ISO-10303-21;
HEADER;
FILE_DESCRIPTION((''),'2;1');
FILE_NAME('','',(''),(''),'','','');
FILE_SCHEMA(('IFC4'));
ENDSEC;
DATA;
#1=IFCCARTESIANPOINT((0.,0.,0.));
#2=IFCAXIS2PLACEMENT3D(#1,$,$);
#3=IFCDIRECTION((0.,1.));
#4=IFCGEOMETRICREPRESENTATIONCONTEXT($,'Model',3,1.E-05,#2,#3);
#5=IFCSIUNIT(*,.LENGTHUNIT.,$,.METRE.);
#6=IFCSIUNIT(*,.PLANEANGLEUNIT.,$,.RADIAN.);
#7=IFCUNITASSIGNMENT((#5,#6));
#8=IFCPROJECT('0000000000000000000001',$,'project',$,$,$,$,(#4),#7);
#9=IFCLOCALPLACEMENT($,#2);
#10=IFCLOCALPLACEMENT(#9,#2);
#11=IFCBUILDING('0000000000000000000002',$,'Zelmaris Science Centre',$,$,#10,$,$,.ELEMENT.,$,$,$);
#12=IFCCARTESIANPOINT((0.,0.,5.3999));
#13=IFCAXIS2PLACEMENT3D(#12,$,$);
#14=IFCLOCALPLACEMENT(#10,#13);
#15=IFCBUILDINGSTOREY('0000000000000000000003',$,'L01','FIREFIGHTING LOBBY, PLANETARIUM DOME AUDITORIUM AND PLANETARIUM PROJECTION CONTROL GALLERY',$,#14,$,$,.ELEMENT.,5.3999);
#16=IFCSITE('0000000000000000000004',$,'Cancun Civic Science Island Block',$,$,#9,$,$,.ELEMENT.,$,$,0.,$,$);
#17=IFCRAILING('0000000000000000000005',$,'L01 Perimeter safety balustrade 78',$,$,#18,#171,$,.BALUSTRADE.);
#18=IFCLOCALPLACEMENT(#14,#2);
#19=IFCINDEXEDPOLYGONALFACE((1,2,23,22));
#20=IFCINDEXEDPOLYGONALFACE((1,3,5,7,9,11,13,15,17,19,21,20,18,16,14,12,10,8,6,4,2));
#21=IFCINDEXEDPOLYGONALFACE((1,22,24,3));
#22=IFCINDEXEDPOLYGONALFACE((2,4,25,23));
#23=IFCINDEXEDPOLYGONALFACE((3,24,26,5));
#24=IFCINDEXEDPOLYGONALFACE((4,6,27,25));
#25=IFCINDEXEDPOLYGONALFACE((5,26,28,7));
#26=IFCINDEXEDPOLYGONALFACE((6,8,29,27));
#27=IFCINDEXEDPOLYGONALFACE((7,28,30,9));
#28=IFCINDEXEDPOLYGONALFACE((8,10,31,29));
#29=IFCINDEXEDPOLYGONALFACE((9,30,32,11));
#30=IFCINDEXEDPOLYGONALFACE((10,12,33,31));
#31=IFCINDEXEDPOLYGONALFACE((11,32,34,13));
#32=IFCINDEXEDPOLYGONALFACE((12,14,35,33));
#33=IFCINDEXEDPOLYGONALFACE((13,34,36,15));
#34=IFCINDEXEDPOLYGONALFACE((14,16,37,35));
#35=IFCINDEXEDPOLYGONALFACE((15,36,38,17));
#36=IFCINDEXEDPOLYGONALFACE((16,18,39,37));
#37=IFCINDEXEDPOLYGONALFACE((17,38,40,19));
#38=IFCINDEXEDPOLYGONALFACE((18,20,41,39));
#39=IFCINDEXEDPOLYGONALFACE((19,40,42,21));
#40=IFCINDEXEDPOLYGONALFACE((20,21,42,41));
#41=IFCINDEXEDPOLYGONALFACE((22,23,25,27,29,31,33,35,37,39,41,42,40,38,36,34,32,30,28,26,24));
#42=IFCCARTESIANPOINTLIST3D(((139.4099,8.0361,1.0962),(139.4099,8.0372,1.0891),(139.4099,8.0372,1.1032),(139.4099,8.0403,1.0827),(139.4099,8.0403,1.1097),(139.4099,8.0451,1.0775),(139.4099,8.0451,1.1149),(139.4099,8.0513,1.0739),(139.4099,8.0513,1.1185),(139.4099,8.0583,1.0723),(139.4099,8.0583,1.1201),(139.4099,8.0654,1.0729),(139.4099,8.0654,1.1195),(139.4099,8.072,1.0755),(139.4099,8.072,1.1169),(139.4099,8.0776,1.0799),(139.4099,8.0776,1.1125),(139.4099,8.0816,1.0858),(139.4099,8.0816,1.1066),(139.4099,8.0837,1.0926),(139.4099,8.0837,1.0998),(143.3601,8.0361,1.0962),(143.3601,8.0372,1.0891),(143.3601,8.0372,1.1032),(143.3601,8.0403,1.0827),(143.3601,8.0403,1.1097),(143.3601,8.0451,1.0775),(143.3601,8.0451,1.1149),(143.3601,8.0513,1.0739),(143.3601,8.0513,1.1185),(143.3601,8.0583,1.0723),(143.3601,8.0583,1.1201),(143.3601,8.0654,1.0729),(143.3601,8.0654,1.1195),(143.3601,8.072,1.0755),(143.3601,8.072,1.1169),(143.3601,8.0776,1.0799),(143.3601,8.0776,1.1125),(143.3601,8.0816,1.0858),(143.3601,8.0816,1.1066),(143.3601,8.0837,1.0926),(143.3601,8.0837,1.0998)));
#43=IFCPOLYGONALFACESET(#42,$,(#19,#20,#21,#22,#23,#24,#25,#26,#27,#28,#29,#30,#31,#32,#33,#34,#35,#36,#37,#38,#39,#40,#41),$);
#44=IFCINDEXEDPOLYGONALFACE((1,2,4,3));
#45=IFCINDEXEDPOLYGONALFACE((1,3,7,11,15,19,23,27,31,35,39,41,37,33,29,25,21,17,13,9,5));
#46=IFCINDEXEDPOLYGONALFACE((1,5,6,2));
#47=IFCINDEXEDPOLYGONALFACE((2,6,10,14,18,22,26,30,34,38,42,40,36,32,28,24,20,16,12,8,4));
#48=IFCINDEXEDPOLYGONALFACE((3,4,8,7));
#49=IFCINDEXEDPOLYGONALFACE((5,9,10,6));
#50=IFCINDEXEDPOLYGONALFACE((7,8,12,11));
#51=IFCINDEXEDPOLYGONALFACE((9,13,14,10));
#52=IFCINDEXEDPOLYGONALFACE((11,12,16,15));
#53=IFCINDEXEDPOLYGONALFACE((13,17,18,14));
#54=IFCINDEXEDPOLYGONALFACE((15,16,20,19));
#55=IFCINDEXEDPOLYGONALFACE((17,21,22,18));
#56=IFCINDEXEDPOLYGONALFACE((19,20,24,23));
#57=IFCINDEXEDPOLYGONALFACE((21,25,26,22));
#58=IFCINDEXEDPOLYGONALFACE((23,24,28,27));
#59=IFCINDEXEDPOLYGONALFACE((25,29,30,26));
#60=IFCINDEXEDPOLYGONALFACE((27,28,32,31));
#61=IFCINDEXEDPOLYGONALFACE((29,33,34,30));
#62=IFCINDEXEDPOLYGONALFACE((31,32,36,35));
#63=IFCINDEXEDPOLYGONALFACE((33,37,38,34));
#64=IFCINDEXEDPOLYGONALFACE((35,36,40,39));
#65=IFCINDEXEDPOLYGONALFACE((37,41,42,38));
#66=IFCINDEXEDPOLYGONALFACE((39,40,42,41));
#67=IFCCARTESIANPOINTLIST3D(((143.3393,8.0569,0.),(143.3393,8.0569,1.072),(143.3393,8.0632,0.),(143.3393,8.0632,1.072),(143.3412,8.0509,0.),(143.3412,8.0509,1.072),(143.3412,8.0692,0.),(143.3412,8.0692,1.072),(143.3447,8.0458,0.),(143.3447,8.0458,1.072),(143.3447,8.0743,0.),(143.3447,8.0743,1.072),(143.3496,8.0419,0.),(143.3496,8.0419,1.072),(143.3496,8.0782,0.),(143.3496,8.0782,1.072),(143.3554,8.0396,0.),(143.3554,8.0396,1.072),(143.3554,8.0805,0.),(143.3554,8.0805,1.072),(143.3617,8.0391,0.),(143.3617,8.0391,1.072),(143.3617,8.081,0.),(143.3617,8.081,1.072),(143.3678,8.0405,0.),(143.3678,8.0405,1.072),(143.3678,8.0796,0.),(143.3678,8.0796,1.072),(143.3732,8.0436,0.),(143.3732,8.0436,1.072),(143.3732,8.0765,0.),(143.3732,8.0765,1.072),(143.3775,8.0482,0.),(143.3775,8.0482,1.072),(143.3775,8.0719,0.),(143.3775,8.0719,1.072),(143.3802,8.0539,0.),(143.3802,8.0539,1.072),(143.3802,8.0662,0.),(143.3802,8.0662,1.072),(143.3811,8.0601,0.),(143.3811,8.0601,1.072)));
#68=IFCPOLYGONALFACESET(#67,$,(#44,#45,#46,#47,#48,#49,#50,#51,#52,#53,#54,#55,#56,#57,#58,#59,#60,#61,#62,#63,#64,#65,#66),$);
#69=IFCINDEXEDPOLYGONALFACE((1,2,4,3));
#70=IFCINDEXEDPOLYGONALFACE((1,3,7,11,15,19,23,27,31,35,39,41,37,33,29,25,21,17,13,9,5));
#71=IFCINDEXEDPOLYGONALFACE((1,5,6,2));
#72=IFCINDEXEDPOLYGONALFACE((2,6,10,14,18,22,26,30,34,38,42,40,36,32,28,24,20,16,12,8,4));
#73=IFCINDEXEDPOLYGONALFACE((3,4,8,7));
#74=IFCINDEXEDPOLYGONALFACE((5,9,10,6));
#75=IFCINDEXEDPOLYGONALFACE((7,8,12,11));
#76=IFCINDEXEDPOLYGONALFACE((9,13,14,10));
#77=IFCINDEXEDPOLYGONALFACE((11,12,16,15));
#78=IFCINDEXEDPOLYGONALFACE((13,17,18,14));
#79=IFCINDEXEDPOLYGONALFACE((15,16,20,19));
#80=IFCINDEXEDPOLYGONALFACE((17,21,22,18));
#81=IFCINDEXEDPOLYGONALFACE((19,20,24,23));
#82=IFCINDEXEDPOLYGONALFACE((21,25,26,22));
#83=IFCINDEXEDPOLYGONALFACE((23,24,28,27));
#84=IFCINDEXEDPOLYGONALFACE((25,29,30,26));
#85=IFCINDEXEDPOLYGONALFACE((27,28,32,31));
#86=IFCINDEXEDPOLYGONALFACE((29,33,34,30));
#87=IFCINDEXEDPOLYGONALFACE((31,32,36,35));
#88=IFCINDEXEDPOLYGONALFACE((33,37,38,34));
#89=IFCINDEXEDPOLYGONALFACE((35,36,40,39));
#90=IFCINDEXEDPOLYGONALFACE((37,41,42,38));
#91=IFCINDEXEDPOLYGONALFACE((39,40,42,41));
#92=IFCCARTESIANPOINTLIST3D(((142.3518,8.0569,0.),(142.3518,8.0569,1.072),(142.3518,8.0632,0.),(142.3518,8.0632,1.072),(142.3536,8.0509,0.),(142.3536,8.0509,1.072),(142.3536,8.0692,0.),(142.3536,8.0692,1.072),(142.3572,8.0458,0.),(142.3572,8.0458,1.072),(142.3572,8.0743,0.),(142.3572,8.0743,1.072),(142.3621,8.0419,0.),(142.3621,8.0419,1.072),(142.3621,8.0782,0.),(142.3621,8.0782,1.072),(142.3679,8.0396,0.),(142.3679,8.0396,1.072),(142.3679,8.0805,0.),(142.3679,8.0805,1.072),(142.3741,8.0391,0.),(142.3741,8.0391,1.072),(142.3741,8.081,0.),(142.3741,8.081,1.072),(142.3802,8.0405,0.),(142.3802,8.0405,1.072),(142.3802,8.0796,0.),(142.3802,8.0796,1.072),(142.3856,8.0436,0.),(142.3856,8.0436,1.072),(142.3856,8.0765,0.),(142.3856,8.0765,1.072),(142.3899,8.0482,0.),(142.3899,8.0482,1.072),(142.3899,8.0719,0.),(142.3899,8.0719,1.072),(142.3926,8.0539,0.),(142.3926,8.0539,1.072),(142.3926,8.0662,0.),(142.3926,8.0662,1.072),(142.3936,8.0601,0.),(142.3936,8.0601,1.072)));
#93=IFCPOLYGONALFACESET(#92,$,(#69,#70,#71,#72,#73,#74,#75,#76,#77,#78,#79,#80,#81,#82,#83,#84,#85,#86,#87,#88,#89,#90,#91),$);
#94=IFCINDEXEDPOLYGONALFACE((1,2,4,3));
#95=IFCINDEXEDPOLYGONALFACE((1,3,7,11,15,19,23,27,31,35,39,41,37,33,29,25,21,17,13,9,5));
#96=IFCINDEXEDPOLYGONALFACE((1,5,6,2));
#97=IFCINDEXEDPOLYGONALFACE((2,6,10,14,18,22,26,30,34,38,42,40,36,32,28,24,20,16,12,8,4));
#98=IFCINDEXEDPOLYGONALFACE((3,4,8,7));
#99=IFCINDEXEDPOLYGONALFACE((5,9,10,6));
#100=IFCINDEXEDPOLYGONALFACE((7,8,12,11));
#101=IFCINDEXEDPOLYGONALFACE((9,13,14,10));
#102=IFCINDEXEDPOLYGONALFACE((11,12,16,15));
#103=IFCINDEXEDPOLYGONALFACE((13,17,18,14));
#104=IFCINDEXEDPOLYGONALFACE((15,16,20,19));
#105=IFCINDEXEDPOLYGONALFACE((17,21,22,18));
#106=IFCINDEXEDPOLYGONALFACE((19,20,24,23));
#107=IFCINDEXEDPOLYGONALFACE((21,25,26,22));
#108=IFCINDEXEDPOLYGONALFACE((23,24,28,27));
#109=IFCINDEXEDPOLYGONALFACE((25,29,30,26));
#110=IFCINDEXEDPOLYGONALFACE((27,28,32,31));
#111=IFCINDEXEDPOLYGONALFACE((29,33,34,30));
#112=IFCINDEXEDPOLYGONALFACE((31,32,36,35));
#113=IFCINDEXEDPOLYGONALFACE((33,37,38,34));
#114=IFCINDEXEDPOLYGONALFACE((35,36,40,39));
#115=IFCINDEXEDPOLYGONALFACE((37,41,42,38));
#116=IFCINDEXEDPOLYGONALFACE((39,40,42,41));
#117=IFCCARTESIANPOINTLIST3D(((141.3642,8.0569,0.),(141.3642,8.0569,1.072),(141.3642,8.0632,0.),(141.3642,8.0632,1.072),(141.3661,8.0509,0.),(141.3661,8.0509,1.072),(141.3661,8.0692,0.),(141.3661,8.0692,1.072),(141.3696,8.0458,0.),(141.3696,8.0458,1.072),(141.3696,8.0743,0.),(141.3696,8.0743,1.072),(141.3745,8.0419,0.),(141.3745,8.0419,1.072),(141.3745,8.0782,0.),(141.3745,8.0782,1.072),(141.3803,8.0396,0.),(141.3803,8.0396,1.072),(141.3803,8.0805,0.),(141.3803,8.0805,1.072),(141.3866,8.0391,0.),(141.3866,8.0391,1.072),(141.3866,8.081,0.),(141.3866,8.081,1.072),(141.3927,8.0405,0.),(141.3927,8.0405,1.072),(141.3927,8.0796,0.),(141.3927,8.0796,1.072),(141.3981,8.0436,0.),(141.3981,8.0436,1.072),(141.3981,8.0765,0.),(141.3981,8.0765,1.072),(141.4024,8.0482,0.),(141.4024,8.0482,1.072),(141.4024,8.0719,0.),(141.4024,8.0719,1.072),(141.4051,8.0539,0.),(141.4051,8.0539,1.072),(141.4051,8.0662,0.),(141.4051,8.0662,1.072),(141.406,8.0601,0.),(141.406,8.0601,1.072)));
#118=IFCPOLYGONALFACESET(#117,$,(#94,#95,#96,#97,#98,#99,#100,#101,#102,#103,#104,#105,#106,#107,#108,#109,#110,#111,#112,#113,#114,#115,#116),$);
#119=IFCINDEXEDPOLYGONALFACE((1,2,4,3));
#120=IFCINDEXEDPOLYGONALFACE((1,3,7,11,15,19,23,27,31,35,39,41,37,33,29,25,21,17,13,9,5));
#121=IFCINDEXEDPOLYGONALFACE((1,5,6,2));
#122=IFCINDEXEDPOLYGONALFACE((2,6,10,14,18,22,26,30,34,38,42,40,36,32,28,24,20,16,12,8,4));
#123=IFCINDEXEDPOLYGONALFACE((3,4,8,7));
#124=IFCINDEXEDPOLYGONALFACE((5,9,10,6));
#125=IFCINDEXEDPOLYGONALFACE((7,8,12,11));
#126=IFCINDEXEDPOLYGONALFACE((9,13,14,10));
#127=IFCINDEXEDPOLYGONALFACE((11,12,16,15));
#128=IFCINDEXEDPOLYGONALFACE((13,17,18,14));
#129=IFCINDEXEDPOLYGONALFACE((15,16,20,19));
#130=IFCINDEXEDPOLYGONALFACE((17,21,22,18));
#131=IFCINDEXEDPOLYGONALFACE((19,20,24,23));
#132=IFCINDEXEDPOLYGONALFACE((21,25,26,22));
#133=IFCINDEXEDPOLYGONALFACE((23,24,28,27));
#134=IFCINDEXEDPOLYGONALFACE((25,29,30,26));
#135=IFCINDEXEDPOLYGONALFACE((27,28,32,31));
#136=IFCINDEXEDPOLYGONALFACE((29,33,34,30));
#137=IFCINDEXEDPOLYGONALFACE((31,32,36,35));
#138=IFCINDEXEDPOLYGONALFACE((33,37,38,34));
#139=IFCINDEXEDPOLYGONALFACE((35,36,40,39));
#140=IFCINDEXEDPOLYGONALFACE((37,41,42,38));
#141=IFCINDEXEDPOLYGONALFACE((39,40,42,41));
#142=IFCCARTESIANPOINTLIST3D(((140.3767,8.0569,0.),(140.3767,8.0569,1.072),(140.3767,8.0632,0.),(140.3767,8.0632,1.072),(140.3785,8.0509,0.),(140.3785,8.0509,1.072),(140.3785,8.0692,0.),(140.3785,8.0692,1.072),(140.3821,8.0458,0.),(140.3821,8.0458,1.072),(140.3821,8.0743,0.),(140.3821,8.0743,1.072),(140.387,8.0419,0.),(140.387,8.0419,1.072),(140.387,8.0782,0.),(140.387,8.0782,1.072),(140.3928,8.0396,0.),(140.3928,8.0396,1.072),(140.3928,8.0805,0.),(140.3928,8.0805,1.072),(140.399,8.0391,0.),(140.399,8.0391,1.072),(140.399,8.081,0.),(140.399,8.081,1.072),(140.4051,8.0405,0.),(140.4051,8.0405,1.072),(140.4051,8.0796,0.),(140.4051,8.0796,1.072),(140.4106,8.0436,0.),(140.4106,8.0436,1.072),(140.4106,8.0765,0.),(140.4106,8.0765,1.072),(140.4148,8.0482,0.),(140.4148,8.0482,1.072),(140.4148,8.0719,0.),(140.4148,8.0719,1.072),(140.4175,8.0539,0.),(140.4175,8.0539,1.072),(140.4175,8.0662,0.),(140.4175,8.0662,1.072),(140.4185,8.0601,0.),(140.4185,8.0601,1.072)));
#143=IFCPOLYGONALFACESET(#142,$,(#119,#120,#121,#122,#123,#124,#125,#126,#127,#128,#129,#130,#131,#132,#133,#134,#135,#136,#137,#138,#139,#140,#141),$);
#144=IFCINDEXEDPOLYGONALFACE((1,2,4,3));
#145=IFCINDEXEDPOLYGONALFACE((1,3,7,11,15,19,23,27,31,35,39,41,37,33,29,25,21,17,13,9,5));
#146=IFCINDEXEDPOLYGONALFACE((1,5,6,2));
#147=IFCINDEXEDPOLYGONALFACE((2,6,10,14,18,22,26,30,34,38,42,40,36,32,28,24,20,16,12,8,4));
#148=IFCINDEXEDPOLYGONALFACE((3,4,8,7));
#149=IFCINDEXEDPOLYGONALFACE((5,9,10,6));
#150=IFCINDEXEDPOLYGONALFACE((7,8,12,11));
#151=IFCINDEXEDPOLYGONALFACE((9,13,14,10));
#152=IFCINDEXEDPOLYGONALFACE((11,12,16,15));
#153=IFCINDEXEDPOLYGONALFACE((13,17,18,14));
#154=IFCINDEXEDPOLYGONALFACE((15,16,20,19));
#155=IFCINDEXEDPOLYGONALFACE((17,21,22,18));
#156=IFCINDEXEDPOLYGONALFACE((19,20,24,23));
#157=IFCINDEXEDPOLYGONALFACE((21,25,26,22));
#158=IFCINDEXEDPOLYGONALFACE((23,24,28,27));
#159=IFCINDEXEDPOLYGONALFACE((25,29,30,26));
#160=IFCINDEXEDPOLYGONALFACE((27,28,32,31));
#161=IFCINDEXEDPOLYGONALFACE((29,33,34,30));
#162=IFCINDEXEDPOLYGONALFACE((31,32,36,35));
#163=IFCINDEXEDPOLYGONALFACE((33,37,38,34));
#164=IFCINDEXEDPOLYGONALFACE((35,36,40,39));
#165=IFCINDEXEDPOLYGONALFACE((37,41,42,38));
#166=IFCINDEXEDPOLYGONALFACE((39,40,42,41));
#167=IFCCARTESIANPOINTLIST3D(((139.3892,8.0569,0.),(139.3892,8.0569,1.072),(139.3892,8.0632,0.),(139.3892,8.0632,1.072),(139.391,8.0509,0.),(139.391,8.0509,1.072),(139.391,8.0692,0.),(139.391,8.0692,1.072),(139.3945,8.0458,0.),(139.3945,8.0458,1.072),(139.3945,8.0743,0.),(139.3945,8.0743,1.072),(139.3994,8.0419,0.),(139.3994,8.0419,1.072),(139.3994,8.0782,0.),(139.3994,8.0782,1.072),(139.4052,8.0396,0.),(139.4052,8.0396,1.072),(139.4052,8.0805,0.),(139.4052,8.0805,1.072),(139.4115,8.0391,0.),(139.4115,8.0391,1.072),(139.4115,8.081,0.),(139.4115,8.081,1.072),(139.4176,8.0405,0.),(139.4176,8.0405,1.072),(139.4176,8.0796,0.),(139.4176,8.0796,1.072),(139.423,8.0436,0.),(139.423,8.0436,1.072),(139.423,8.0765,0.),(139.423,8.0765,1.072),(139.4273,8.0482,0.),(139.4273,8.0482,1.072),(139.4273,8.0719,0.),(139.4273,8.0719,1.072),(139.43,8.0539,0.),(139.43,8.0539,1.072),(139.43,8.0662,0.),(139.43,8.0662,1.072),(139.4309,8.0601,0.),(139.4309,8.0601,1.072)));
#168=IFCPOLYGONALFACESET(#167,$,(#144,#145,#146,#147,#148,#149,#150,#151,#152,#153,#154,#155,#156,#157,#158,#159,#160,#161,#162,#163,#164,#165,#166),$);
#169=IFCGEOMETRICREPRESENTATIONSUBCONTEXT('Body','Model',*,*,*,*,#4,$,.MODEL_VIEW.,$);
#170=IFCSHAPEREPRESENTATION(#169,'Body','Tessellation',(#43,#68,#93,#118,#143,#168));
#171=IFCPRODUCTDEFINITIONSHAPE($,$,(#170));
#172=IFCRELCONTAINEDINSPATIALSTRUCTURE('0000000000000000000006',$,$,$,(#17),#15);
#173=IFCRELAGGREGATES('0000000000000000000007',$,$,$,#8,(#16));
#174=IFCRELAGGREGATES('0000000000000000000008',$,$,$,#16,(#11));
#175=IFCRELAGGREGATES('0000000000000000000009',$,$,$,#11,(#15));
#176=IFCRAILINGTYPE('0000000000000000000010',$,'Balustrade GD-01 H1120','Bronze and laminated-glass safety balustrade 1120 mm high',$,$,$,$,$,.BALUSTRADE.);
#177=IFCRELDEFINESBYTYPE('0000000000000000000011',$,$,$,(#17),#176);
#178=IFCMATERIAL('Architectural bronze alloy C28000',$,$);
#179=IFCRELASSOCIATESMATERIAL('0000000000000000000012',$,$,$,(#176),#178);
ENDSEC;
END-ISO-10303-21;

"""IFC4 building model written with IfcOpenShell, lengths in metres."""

from ifc_helpers import new_model, si_unit, direction, frame, origin, origin_2d, place, context, subcontext, project, spatial, circle, extrude, material, type_object, element, save


model = new_model("IFC4")

# Units and contexts
model_context = context("Model", 3, precision=1e-05, world=origin(), true_north=direction((0.0, 1.0)))
body_context = subcontext(model_context, "Body", "Model", "MODEL_VIEW")
ifc_project = project(units=[si_unit("LENGTHUNIT", "METRE"), si_unit("PLANEANGLEUNIT", "RADIAN")], contexts=[model_context])

# Site, building, storey
site_placement = place(None, origin())
site = spatial("IfcSite", under=ifc_project, at=site_placement, Name="Cancun Civic Science Island Block", CompositionType="ELEMENT", RefElevation=0.0)
building_placement = place(site_placement, origin())
building = spatial("IfcBuilding", under=site, at=building_placement, Name="Zelmaris Science Centre", CompositionType="ELEMENT")
storey_placement = place(building_placement, frame((0.0, 0.0, 5.3999)))
storey = spatial("IfcBuildingStorey", under=building, at=storey_placement, Name="L01", Description="FIREFIGHTING LOBBY, PLANETARIUM DOME AUDITORIUM AND PLANETARIUM PROJECTION CONTROL GALLERY", CompositionType="ELEMENT", Elevation=5.3999)

# Railing
ifc_material_1 = material(Name="Architectural bronze alloy C28000")
railing_type = type_object("IfcRailingType", Name="Balustrade GD-01 H1120", Description="Bronze and laminated-glass safety balustrade 1120 mm high", PredefinedType="BALUSTRADE", material=ifc_material_1)
railing_placement = place(storey_placement, frame((143.3601, 8.0601, 0.0)))
element("IfcRailing", 1, at=railing_placement, inside=storey, type_object=railing_type, Name="L01 Perimeter safety balustrade 78", PredefinedType="BALUSTRADE", context=body_context, shape_type="SweptSolid", body=[
    extrude(circle(Radius=0.0239, at=origin_2d()), frame((0.0, 0.0, 1.0962), z_axis=(-1.0, 0.0, 0.0), x_axis=(0.0, -1.0, 0.0)), (0.0, 0.0, 1.0), 3.9502),
    extrude(circle(Radius=0.021, at=origin_2d()), origin(), (0.0, 0.0, 1.0), 1.072),
    extrude(circle(Radius=0.021, at=origin_2d()), frame((-0.9875, 0.0, 0.0)), (0.0, 0.0, 1.0), 1.072),
    extrude(circle(Radius=0.021, at=origin_2d()), frame((-1.9751, 0.0, 0.0)), (0.0, 0.0, 1.0), 1.072),
    extrude(circle(Radius=0.021, at=origin_2d()), frame((-2.9626, 0.0, 0.0)), (0.0, 0.0, 1.0), 1.072),
    extrude(circle(Radius=0.021, at=origin_2d()), frame((-3.9502, 0.0, 0.0)), (0.0, 0.0, 1.0), 1.072),
])

save(model, "model.ifc")
